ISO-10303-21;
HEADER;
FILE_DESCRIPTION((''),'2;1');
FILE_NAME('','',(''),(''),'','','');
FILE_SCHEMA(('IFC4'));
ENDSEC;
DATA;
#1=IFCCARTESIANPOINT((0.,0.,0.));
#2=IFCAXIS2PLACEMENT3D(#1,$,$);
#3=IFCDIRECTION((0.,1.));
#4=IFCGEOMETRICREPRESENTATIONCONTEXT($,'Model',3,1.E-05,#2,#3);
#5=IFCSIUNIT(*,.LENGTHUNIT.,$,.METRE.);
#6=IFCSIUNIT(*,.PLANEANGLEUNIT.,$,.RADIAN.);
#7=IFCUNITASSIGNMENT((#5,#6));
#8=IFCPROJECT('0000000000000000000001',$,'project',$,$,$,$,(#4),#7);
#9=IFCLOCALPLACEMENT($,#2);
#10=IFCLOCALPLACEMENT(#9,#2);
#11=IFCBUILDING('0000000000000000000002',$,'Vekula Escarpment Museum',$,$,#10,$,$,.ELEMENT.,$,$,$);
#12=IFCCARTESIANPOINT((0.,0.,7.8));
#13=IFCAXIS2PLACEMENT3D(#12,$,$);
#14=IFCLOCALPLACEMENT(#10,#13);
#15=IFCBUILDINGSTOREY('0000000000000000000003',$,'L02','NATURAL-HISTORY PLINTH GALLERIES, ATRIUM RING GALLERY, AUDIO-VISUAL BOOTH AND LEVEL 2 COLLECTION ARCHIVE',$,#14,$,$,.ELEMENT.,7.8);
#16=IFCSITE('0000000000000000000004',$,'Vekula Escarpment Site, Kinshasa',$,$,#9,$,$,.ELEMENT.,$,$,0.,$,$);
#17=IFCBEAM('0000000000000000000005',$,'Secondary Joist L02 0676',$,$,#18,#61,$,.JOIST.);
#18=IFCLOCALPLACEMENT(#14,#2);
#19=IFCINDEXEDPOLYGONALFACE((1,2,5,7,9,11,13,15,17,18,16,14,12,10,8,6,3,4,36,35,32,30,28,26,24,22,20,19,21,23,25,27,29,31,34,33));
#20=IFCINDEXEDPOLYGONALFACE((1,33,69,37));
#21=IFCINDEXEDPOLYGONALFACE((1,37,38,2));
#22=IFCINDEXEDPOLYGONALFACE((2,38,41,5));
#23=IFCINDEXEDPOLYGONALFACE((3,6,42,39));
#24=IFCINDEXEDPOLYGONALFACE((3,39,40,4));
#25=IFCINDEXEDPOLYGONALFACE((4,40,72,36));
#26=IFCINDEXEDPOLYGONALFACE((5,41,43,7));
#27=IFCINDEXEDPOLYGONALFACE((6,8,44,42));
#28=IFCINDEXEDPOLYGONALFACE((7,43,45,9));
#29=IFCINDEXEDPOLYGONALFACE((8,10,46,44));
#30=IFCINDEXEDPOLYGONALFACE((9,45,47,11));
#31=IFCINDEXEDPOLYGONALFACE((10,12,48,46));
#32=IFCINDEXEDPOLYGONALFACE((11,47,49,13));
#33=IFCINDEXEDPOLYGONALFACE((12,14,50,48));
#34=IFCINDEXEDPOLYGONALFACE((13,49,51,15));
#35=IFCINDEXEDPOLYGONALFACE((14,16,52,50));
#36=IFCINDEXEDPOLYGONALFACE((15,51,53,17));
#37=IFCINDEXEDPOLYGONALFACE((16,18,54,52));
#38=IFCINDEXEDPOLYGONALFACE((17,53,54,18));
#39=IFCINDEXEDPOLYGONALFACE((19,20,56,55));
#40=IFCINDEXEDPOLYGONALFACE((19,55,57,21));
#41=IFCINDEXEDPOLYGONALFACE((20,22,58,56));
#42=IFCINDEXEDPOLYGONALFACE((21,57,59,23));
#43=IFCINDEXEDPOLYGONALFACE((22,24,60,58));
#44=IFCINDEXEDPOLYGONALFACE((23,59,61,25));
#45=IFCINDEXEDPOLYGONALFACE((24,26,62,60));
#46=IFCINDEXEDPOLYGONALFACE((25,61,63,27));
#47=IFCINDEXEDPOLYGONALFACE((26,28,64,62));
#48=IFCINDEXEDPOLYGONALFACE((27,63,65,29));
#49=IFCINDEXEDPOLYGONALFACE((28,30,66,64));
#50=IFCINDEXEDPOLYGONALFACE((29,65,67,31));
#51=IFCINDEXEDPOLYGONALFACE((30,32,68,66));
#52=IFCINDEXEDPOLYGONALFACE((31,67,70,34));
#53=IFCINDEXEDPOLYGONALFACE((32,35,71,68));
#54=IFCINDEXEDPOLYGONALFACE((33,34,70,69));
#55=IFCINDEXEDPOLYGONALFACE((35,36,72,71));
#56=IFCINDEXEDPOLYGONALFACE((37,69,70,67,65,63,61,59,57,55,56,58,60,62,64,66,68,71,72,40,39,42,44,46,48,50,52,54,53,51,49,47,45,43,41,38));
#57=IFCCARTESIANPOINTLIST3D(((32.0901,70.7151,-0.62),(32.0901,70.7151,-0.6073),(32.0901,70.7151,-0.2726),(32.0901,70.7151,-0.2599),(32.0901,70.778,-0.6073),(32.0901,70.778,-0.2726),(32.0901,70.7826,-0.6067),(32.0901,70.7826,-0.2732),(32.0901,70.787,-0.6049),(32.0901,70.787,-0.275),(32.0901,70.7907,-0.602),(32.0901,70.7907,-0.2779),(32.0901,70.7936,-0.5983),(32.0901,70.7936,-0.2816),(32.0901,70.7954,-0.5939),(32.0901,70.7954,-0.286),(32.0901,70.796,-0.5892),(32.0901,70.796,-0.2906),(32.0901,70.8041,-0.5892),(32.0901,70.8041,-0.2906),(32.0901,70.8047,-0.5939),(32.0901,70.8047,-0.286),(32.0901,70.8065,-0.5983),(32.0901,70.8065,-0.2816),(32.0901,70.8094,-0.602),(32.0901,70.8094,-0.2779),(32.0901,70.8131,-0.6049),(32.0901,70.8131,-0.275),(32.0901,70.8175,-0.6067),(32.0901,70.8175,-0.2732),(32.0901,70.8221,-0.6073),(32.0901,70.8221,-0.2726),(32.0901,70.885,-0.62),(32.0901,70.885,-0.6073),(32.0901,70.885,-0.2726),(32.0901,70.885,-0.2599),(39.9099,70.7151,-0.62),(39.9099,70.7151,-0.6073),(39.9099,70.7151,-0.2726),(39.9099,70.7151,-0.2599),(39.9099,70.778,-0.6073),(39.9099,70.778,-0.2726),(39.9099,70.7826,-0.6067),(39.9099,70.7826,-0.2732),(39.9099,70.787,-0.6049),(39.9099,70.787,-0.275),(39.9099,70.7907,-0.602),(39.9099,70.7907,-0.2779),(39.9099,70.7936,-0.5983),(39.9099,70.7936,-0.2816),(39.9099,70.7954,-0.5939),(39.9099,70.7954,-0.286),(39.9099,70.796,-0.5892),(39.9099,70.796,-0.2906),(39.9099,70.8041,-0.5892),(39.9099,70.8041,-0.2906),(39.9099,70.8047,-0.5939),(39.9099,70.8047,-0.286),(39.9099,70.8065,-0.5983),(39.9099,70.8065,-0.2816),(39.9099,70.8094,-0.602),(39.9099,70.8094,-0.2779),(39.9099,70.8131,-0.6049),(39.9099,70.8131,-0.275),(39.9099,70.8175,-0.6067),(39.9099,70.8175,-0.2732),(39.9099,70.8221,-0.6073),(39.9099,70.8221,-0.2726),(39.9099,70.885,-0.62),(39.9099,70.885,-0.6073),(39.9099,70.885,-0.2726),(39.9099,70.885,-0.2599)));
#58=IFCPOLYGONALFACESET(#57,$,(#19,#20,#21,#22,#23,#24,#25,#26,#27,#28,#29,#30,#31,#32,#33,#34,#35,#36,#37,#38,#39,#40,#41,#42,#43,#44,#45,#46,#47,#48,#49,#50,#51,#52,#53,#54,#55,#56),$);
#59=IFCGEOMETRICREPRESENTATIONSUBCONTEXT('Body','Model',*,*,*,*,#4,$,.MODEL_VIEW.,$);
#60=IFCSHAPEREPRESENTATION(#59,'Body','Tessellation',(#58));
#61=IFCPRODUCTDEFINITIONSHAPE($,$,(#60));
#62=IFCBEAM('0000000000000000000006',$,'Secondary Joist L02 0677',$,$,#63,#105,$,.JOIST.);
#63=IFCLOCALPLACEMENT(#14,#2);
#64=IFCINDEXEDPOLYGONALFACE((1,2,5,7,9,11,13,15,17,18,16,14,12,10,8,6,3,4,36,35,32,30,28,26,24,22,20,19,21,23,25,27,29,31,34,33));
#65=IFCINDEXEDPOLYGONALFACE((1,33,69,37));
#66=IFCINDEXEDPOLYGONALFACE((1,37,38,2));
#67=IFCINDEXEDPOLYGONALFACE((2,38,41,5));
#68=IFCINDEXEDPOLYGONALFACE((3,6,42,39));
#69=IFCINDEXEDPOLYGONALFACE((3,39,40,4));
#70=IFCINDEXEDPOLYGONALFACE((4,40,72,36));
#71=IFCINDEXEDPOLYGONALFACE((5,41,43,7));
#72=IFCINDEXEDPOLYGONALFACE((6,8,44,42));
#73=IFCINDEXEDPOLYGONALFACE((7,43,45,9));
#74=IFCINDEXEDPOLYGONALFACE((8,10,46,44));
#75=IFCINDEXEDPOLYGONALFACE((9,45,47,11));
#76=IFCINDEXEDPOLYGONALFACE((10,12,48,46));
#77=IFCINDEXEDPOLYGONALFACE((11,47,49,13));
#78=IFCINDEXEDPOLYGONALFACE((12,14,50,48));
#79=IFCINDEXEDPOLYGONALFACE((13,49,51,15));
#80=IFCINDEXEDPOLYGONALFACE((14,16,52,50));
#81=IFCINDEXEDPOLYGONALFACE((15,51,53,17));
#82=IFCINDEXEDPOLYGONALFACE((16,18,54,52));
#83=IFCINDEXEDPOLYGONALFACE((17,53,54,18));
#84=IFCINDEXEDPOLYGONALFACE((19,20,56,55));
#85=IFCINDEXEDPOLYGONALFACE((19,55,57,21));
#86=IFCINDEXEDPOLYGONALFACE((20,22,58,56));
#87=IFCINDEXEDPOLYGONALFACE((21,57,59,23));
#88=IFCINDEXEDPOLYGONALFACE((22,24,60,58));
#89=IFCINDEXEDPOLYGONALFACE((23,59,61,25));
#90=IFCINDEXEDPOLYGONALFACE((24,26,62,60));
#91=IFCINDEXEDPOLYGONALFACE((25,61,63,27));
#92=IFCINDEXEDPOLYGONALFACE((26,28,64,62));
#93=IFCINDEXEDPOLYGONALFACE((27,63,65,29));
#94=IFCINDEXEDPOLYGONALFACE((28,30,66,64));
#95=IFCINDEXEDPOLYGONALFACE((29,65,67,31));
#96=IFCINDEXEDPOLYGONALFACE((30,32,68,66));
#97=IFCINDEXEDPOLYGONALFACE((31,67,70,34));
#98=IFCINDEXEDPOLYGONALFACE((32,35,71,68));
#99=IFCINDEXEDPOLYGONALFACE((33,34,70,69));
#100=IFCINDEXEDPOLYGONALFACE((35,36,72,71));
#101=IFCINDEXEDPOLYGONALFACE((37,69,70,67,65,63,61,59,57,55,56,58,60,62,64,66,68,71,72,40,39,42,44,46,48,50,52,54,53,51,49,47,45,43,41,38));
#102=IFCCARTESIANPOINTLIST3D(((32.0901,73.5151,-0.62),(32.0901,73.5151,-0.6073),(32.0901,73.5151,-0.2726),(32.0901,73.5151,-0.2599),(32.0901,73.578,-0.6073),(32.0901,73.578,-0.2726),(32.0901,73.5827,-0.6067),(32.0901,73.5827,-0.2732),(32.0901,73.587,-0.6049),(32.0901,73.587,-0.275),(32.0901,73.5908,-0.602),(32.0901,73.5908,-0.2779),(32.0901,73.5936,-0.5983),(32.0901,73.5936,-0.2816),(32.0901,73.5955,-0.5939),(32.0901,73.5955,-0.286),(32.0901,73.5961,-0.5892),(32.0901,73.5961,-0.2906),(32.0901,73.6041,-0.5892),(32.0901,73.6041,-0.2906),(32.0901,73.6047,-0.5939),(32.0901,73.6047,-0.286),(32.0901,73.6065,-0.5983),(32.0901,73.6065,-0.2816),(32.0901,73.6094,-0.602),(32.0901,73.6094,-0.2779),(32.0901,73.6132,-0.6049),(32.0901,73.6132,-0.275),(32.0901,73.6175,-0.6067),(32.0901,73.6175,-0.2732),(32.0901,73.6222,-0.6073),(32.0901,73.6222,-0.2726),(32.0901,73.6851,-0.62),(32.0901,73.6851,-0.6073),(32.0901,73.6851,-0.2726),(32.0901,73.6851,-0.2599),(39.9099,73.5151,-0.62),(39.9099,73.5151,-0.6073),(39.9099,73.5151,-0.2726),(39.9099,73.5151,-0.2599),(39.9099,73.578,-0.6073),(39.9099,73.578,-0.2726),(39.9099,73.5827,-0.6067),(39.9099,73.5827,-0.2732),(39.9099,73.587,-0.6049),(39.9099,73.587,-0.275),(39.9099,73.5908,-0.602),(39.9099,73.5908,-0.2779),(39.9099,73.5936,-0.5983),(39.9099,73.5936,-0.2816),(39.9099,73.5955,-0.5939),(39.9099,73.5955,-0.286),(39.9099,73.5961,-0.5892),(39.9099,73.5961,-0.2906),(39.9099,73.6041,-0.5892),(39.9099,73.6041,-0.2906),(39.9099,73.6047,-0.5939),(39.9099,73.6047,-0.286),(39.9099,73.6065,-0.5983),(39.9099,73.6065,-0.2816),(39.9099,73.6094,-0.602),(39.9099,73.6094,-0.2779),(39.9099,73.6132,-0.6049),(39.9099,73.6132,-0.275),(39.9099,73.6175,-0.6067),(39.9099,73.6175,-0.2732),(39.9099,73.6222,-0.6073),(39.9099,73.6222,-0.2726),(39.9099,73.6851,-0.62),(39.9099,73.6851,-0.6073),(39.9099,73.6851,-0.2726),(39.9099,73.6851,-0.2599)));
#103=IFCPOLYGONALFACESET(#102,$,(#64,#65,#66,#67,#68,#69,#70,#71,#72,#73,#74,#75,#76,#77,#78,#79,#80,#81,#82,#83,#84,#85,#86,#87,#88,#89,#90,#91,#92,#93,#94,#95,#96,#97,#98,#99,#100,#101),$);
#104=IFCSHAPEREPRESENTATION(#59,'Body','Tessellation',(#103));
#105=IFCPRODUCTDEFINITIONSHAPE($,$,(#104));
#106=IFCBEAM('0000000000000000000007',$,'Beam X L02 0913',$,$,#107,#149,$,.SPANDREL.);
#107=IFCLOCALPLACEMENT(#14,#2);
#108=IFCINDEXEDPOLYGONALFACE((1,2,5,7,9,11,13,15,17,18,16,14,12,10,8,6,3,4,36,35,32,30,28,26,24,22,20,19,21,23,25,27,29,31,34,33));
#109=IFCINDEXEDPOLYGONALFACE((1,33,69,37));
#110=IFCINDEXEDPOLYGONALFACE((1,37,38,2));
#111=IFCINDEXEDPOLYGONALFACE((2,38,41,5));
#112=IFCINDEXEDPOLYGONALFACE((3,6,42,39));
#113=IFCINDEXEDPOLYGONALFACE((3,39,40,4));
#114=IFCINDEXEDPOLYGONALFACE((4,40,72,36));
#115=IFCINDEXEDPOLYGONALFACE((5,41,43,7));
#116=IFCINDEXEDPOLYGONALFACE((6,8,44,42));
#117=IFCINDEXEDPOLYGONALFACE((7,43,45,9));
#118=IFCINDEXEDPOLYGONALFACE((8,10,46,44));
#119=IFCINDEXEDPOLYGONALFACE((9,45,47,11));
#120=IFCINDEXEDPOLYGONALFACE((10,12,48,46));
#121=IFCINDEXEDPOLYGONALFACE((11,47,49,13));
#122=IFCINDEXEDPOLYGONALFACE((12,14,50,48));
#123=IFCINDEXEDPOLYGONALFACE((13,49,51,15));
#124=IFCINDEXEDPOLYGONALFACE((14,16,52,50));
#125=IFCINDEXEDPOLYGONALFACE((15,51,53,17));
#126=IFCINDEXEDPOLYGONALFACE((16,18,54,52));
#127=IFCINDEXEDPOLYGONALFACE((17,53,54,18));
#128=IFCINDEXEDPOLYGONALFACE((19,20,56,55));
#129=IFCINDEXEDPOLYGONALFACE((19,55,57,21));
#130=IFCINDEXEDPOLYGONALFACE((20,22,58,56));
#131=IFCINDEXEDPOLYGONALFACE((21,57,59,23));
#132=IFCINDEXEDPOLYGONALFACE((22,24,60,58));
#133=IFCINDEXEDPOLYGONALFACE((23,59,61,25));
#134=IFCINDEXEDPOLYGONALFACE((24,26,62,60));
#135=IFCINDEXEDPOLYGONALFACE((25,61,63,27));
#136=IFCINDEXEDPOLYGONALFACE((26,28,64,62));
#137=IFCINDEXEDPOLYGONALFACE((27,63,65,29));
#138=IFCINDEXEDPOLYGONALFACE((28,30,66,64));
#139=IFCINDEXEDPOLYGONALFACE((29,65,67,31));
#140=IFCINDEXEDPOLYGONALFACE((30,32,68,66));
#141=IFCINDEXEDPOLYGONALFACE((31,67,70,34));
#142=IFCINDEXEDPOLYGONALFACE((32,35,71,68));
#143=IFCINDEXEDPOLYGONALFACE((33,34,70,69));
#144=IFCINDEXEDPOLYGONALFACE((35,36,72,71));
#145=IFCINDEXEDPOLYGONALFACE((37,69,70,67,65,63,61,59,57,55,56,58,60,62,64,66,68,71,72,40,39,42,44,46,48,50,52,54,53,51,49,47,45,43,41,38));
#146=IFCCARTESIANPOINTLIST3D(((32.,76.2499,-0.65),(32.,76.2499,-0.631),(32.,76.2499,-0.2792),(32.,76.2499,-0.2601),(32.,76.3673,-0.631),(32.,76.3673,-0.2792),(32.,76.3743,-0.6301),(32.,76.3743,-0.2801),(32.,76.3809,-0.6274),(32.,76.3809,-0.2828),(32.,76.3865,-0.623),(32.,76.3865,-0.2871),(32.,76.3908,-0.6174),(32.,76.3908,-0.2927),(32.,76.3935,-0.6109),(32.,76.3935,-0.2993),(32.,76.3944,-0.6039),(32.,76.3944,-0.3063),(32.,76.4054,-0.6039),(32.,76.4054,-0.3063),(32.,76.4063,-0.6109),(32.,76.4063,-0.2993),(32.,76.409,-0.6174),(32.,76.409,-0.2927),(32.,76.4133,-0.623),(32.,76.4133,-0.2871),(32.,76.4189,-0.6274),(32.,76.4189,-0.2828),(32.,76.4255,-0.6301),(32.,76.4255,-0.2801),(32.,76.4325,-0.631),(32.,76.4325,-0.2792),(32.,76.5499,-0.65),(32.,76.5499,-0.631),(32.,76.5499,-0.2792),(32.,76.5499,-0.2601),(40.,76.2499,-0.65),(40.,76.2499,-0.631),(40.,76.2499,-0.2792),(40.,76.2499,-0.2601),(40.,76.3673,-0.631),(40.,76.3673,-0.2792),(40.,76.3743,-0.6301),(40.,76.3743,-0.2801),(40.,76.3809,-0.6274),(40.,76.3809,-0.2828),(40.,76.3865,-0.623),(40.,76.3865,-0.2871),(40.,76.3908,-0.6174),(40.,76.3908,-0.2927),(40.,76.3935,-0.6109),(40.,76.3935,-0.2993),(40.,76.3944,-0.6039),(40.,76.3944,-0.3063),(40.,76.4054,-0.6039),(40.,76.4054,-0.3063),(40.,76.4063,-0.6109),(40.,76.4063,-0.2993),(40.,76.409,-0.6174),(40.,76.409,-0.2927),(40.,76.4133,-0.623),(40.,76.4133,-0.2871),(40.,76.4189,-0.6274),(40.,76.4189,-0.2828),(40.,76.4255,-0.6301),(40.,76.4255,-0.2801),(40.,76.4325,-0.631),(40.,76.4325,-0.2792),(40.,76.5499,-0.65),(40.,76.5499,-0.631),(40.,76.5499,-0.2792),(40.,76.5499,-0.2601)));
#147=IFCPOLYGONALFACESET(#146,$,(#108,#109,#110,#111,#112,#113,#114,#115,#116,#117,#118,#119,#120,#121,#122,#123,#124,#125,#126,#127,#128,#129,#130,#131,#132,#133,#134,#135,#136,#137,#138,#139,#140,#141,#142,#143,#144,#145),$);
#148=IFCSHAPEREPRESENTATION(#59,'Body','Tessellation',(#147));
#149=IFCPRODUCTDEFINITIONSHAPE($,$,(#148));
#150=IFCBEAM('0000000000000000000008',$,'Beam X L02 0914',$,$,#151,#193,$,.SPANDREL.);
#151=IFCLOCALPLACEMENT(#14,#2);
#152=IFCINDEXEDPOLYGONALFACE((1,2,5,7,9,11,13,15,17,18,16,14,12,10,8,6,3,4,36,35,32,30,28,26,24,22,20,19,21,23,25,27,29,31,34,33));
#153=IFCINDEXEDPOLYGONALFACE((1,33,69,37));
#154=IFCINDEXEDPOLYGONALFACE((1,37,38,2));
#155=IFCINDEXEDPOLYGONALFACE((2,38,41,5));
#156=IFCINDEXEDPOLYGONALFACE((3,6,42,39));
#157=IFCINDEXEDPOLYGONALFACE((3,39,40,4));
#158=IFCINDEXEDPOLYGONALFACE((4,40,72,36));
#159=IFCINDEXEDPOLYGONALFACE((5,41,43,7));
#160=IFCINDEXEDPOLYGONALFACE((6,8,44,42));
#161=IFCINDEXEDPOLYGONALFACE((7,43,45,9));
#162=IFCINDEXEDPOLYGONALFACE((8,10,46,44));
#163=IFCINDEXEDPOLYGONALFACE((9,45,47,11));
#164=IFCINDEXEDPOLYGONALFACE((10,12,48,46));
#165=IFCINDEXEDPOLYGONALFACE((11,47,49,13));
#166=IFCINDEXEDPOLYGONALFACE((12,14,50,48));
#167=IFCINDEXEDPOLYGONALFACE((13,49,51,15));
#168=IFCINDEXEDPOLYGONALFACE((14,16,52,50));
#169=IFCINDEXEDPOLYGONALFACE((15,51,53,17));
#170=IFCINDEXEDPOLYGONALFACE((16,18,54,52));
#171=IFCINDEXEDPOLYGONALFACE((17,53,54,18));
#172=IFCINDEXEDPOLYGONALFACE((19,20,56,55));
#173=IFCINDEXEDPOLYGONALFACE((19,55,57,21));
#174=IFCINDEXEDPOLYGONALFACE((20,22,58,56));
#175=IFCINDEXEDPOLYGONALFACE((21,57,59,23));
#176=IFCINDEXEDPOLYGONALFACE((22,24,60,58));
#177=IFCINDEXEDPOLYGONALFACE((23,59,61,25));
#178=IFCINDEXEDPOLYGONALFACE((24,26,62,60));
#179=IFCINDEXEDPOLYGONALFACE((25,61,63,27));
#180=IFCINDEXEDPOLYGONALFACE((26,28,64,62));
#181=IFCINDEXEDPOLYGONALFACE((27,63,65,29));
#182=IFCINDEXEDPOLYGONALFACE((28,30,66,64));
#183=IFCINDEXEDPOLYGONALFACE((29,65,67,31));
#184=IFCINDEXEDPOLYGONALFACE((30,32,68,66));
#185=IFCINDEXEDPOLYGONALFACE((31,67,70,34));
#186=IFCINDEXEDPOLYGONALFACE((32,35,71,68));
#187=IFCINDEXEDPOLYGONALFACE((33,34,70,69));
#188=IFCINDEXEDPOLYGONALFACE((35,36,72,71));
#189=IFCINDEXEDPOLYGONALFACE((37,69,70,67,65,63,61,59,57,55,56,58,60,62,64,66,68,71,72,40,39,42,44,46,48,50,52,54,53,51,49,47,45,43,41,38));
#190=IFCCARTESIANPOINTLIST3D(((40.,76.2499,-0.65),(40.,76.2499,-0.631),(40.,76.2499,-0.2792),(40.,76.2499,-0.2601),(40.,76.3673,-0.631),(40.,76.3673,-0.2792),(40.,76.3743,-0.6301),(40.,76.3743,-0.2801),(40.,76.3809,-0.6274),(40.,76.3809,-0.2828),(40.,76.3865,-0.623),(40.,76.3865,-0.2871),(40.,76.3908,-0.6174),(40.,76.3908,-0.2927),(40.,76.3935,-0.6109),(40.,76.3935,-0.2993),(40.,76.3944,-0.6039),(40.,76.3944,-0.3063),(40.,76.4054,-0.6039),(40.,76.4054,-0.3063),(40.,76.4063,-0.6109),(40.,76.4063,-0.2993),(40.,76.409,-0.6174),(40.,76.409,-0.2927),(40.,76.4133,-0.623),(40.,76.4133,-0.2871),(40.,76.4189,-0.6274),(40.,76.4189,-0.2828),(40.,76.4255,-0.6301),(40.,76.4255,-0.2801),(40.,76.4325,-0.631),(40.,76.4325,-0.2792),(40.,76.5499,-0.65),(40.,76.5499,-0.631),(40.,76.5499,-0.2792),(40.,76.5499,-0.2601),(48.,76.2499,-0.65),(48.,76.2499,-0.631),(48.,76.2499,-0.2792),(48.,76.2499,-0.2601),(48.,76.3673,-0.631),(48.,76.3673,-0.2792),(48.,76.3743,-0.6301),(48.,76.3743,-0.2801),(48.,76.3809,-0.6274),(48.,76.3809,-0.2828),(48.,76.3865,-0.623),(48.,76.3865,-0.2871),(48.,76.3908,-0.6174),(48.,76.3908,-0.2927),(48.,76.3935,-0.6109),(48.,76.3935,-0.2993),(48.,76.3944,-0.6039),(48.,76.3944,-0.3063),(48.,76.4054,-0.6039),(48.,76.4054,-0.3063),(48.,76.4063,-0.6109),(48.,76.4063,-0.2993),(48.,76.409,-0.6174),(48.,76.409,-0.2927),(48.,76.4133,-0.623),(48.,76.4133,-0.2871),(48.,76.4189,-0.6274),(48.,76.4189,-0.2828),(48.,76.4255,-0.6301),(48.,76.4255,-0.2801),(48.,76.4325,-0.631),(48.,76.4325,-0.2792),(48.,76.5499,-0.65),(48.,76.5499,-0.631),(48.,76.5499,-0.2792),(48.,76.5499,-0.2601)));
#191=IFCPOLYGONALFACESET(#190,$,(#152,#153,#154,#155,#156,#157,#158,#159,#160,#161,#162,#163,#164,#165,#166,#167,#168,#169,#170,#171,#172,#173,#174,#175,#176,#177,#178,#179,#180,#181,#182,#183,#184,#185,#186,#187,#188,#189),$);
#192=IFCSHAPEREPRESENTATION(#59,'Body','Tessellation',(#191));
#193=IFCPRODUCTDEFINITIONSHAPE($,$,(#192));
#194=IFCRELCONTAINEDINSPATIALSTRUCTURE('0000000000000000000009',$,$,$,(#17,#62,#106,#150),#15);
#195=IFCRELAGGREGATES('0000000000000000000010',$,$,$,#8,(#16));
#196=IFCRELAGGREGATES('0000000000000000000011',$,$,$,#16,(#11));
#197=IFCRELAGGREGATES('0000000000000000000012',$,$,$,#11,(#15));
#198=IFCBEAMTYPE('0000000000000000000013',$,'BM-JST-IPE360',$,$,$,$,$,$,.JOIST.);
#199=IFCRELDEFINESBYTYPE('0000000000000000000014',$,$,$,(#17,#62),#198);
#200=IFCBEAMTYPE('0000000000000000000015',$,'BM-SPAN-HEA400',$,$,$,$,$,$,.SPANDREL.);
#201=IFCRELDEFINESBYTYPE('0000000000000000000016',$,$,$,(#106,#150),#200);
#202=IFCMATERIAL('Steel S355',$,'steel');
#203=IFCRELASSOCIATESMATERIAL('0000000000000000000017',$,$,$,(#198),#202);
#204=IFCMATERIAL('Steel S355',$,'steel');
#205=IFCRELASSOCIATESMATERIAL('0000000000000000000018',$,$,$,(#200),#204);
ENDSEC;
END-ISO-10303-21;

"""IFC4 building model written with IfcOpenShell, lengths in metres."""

from ifc_helpers import new_model, si_unit, direction, frame, origin, origin_2d, place, context, subcontext, project, spatial, i_section, extrude, material, material_profile, profile_set, type_object, element, save


model = new_model("IFC4")

# Units and contexts
model_context = context("Model", 3, precision=1e-05, world=origin(), true_north=direction((0.0, 1.0)))
body_context = subcontext(model_context, "Body", "Model", "MODEL_VIEW")
ifc_project = project(units=[si_unit("LENGTHUNIT", "METRE"), si_unit("PLANEANGLEUNIT", "RADIAN")], contexts=[model_context])

# Site, building, storey
site_placement = place(None, origin())
site = spatial("IfcSite", under=ifc_project, at=site_placement, Name="Vekula Escarpment Site, Kinshasa", CompositionType="ELEMENT", RefElevation=0.0)
building_placement = place(site_placement, origin())
building = spatial("IfcBuilding", under=site, at=building_placement, Name="Vekula Escarpment Museum", CompositionType="ELEMENT")
storey_placement = place(building_placement, frame((0.0, 0.0, 7.8)))
storey = spatial("IfcBuildingStorey", under=building, at=storey_placement, Name="L02", Description="NATURAL-HISTORY PLINTH GALLERIES, ATRIUM RING GALLERY, AUDIO-VISUAL BOOTH AND LEVEL 2 COLLECTION ARCHIVE", CompositionType="ELEMENT", Elevation=7.8)

# Beams
ifc_material_1 = material(Name="Steel S355", Category="steel")
ifc_material_profile_1 = material_profile(ifc_material_1, i_section(OverallWidth=0.1699, OverallDepth=0.3601, WebThickness=0.0081, FlangeThickness=0.0127, FilletRadius=0.0181, at=origin_2d()), Name="IPE 360")
ifc_profile_set_1 = profile_set([ifc_material_profile_1], Name="Steel S355")
beam_type_1 = type_object("IfcBeamType", Name="BM-JST-IPE360", PredefinedType="JOIST", material=ifc_profile_set_1)
for number, where, z_axis, x_axis, name in (
    (1, (32.0901, 70.8, -0.4399), (1.0, 0.0, 0.0), (0.0, 1.0, 0.0), "Secondary Joist L02 0676"),
    (2, (32.0901, 73.6001, -0.4399), (1.0, 0.0, 0.0), (0.0, 1.0, 0.0), "Secondary Joist L02 0677"),
):
    element("IfcBeam", number, at=place(storey_placement, frame(where, z_axis=z_axis, x_axis=x_axis)), inside=storey, type_object=beam_type_1, Name=name, PredefinedType="JOIST", context=body_context, shape_type="SweptSolid", body=[
        extrude(i_section(OverallWidth=0.1699, OverallDepth=0.3601, WebThickness=0.0081, FlangeThickness=0.0127, FilletRadius=0.0181, at=origin_2d()), origin(), (0.0, 0.0, 1.0), 7.8198),
    ])
ifc_material_2 = material(Name="Steel S355", Category="steel")
ifc_material_profile_2 = material_profile(ifc_material_2, i_section(OverallWidth=0.3, OverallDepth=0.3899, WebThickness=0.011, FlangeThickness=0.019, FilletRadius=0.0271, at=origin_2d()), Name="HEA 400")
ifc_profile_set_2 = profile_set([ifc_material_profile_2], Name="Steel S355")
beam_type_2 = type_object("IfcBeamType", Name="BM-SPAN-HEA400", PredefinedType="SPANDREL", material=ifc_profile_set_2)
for number, where, z_axis, x_axis, name in (
    (3, (32.0, 76.3999, -0.4551), (1.0, 0.0, 0.0), (0.0, 1.0, 0.0), "Beam X L02 0913"),
    (4, (40.0, 76.3999, -0.4551), (1.0, 0.0, 0.0), (0.0, 1.0, 0.0), "Beam X L02 0914"),
):
    element("IfcBeam", number, at=place(storey_placement, frame(where, z_axis=z_axis, x_axis=x_axis)), inside=storey, type_object=beam_type_2, Name=name, PredefinedType="SPANDREL", context=body_context, shape_type="SweptSolid", body=[
        extrude(i_section(OverallWidth=0.3, OverallDepth=0.3899, WebThickness=0.011, FlangeThickness=0.019, FilletRadius=0.0271, at=origin_2d()), origin(), (0.0, 0.0, 1.0), 8.0),
    ])

save(model, "model.ifc")
